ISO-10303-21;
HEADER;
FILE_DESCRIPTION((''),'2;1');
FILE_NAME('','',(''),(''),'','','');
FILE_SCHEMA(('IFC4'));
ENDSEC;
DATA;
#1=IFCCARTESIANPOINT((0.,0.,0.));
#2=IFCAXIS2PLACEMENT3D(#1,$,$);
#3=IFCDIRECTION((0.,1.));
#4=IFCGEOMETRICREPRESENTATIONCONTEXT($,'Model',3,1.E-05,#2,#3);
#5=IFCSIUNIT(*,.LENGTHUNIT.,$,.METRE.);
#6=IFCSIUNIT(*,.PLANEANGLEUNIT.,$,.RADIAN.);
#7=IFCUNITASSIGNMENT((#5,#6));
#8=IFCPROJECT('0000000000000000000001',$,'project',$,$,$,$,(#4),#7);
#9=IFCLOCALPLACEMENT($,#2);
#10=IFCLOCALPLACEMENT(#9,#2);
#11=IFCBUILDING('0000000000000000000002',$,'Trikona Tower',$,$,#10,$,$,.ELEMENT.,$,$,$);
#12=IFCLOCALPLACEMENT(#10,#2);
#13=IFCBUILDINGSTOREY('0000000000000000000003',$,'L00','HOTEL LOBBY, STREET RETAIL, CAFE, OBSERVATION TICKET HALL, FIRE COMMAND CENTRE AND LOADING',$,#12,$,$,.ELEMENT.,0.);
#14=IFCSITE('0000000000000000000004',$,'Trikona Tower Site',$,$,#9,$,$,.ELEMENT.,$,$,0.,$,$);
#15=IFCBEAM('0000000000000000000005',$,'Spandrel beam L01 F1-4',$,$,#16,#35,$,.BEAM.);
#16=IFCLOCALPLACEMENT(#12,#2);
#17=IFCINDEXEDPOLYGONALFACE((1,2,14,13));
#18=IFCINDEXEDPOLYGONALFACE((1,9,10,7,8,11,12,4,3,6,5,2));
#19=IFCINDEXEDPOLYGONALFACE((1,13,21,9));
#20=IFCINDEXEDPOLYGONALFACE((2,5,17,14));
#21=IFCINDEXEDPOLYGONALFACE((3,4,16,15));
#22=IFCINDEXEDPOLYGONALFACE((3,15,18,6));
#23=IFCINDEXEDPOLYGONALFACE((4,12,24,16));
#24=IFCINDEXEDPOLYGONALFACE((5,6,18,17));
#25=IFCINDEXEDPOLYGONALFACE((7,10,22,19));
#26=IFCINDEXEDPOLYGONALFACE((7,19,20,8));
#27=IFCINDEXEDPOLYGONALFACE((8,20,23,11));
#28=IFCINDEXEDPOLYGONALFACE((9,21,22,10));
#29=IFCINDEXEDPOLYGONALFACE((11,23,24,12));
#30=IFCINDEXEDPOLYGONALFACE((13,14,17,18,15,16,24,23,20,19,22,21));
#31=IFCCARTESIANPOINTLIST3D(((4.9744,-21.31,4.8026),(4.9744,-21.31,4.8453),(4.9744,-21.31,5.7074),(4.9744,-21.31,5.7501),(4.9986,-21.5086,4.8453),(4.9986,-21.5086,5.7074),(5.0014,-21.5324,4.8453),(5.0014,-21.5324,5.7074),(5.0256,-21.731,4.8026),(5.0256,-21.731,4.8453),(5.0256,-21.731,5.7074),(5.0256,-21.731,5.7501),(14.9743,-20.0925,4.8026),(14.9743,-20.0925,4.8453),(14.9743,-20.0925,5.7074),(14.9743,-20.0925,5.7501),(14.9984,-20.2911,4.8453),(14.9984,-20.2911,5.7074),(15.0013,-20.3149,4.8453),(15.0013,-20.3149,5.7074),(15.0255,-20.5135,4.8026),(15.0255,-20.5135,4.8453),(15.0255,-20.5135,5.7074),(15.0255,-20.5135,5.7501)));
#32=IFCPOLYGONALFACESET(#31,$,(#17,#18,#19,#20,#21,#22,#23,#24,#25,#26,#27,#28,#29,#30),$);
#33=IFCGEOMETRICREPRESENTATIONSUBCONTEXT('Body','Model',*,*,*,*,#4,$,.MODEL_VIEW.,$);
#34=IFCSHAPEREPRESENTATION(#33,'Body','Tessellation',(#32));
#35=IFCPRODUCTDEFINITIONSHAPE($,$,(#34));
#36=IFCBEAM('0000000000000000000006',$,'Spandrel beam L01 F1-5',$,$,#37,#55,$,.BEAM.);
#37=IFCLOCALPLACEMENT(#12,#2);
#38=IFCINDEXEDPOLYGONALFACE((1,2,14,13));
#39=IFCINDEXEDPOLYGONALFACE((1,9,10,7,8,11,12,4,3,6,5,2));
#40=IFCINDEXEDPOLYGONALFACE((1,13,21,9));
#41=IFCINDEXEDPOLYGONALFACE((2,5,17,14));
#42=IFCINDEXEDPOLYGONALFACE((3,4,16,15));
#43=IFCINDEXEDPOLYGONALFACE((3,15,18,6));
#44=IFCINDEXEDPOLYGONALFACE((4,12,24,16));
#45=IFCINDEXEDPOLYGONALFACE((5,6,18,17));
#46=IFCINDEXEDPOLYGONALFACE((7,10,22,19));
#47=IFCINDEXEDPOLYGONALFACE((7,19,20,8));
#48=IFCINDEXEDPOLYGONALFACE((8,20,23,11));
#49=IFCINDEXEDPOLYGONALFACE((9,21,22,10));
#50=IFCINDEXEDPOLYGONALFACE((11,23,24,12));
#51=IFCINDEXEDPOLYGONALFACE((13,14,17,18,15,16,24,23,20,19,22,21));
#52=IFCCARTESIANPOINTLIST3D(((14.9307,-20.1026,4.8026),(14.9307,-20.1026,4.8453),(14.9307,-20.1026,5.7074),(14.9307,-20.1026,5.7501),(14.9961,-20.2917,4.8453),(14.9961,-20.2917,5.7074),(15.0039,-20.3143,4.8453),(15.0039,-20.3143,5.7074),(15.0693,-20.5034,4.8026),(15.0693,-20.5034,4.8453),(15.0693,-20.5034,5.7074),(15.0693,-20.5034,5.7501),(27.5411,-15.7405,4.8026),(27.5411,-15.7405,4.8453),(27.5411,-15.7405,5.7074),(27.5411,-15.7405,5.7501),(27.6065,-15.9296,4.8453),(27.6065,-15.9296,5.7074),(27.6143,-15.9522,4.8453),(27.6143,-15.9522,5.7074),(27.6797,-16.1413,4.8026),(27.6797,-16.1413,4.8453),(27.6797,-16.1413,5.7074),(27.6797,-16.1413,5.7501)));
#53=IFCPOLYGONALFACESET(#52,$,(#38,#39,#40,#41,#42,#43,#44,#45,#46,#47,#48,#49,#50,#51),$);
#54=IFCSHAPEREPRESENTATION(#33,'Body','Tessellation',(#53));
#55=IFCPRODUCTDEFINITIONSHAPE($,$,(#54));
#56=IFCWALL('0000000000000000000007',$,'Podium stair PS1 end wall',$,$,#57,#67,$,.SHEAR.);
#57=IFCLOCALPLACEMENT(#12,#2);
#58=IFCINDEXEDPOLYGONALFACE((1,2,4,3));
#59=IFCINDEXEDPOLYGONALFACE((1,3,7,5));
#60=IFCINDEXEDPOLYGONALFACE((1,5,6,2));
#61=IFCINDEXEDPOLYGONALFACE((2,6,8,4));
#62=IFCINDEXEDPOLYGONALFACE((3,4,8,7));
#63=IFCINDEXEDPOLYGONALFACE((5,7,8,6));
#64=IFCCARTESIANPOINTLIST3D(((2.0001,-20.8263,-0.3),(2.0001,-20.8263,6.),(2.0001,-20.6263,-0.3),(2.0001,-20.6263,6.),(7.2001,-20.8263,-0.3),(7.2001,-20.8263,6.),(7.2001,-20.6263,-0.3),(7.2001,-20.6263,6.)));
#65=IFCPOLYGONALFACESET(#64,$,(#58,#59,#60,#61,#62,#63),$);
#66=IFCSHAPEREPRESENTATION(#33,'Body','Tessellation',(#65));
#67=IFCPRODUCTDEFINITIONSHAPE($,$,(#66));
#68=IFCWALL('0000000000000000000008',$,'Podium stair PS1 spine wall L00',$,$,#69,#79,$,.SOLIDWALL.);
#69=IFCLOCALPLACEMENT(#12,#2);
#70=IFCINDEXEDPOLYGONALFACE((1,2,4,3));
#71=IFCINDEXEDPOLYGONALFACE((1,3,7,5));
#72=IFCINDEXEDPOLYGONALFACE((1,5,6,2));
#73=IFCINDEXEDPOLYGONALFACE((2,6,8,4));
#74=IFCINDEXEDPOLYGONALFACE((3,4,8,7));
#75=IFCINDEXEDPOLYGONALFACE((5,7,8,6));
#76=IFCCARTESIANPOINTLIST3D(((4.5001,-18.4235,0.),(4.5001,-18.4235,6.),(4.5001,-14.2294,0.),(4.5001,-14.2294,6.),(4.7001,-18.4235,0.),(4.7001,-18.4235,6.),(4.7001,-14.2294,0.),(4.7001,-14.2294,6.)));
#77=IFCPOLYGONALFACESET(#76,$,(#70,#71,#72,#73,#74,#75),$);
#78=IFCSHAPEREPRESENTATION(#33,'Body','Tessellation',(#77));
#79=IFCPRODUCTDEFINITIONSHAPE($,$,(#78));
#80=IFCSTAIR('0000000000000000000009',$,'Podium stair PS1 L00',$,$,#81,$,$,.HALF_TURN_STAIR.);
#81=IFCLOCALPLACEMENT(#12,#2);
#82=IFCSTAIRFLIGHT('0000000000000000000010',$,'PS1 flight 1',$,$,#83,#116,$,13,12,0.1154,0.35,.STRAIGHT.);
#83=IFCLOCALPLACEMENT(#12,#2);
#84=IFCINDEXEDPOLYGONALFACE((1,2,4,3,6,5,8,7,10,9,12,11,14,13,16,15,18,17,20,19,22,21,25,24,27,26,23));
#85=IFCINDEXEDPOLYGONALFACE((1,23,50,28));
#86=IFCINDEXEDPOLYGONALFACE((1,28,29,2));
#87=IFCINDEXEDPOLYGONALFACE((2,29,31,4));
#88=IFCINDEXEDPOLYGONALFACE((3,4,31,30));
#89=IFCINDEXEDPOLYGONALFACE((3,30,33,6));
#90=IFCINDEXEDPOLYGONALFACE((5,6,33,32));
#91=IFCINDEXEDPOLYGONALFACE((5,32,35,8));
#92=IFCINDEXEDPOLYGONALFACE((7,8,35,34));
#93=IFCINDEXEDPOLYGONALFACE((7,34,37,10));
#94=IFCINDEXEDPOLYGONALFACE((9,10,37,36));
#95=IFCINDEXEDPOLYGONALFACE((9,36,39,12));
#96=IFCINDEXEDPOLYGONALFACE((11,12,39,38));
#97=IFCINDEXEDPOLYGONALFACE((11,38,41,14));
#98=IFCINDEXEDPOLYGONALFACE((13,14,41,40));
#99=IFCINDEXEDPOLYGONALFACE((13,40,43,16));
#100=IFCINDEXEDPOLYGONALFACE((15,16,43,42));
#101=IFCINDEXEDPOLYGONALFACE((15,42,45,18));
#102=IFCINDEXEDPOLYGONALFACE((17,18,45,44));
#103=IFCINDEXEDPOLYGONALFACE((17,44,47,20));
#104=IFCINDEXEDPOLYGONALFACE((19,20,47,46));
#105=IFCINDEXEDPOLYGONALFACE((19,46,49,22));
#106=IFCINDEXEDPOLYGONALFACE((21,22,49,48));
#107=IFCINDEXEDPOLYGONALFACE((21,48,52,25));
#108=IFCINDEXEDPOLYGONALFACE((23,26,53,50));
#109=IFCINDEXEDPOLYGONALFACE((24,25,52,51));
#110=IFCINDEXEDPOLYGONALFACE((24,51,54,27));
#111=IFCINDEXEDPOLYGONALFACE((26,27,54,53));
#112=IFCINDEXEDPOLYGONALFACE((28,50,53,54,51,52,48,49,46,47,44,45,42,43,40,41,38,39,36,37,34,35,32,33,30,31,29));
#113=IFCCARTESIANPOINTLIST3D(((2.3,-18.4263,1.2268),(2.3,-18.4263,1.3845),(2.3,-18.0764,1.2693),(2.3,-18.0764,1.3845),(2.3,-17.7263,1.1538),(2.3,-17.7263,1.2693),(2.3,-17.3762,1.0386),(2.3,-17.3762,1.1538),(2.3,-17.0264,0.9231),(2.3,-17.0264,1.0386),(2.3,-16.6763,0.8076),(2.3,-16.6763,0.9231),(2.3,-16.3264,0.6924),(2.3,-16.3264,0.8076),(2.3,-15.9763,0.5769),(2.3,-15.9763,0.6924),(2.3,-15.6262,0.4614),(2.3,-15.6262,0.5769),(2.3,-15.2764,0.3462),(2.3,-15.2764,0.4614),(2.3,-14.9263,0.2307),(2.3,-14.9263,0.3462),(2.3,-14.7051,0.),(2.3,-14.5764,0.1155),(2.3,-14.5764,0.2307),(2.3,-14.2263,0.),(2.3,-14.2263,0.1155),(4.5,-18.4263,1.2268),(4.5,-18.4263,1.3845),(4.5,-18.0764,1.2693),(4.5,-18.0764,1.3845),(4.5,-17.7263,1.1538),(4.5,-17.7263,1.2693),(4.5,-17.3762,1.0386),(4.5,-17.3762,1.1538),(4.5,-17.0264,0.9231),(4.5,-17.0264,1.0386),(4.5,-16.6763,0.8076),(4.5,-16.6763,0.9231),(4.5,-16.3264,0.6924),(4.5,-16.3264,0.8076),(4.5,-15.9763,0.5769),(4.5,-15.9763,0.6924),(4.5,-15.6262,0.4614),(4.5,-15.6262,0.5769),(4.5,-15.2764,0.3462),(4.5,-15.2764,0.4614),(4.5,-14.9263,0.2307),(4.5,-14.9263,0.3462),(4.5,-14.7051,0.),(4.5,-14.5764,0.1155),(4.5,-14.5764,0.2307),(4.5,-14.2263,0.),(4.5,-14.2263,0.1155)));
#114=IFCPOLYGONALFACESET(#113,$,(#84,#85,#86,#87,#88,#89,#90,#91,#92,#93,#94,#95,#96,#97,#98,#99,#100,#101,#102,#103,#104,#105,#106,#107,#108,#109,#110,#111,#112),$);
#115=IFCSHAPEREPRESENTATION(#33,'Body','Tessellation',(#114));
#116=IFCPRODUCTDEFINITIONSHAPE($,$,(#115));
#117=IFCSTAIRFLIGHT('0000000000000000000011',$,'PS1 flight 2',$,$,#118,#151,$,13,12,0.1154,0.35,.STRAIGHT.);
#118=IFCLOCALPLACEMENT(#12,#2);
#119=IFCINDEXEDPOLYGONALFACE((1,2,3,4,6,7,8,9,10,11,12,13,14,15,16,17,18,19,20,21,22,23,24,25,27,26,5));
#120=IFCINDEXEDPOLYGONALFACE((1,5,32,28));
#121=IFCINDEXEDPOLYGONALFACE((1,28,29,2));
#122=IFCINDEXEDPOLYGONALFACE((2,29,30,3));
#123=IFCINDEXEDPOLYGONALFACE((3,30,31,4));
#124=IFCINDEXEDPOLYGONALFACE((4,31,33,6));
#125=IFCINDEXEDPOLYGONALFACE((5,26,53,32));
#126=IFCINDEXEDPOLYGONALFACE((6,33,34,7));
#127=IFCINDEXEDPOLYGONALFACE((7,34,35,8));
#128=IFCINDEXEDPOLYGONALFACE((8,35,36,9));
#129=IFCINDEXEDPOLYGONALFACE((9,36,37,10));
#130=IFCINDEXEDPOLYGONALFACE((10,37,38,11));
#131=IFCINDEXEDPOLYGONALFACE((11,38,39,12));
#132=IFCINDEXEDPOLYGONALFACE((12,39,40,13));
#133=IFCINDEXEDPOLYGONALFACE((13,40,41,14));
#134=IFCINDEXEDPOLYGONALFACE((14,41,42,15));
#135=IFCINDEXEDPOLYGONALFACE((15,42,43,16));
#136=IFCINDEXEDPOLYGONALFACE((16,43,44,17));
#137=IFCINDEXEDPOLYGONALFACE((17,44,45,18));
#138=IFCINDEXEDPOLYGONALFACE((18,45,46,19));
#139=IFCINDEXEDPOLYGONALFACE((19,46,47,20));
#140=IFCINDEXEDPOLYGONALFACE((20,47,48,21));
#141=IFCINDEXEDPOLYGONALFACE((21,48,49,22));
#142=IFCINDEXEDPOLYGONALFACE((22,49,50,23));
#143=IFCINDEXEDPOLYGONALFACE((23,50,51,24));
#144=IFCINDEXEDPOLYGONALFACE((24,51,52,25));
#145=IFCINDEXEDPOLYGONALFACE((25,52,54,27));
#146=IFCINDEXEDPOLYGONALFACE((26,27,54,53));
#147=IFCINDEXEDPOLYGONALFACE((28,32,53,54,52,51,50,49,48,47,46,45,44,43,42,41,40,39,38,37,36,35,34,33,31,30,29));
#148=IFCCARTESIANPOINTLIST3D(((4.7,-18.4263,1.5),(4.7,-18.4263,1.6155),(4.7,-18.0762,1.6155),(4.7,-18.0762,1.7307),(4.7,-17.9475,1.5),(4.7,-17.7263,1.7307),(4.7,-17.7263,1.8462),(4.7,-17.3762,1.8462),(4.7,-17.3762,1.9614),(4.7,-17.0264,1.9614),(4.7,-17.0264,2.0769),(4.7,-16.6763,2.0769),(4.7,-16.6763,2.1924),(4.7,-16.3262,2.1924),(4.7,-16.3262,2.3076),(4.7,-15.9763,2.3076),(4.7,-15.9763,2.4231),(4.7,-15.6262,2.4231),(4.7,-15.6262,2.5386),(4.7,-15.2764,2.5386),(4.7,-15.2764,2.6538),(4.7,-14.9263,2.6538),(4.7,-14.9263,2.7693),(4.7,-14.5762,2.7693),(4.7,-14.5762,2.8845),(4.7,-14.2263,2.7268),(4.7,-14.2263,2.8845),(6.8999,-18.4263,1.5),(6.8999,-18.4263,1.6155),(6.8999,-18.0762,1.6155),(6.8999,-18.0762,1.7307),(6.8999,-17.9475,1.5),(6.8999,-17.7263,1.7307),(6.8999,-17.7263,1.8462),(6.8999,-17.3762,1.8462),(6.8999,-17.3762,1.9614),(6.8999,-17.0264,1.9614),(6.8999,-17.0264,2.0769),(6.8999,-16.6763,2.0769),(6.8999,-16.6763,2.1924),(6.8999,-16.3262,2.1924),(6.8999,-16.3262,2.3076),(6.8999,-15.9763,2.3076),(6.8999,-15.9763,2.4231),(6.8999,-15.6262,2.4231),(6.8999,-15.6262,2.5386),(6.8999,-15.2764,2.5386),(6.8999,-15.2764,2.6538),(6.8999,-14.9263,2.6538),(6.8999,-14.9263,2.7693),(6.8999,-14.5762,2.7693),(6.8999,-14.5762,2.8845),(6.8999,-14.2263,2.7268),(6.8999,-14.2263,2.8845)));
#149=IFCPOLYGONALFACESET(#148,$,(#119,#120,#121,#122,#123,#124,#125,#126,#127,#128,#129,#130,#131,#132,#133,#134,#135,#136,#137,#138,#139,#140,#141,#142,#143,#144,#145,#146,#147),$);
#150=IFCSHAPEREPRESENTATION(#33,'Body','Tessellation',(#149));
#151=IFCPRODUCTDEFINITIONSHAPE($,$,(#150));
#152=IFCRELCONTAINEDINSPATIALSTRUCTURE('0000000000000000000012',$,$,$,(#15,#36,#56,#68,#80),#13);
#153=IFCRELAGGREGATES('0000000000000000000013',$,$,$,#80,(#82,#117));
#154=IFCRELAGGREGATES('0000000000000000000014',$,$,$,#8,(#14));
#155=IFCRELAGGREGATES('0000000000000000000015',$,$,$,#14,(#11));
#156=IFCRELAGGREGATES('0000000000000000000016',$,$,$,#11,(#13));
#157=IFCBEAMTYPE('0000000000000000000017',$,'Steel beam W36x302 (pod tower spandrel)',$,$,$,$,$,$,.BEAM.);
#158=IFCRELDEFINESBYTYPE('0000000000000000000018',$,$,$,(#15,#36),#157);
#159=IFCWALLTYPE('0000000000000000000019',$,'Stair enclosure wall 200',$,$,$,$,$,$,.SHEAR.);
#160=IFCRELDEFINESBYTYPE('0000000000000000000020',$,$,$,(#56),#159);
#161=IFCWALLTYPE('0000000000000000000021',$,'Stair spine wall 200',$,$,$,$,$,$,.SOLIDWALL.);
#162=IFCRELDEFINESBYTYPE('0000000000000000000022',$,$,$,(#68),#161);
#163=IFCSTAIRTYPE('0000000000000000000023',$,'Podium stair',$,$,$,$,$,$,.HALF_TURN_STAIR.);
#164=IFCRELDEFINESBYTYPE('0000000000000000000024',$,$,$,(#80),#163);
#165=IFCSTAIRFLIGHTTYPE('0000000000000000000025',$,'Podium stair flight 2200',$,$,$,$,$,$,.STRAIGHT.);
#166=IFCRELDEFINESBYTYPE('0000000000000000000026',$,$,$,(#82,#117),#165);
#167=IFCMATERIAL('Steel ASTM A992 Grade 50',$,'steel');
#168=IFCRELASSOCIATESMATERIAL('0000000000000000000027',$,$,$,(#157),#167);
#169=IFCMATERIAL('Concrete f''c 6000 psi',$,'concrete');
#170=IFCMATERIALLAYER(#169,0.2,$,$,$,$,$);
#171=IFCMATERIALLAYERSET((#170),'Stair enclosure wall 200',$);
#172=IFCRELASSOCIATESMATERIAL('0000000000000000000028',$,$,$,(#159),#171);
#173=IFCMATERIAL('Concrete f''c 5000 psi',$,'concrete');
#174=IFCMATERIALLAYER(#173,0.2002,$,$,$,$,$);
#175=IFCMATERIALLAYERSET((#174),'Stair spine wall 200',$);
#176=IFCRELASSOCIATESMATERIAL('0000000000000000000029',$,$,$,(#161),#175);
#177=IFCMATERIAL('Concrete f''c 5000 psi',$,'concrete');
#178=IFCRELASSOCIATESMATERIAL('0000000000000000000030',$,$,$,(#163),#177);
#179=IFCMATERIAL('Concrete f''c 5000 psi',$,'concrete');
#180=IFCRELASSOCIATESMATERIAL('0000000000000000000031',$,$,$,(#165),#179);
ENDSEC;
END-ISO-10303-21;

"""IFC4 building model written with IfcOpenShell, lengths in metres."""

from ifc_helpers import new_model, si_unit, direction, frame, frame_2d, origin, origin_2d, place, context, subcontext, project, spatial, polyline, rectangle, i_section, outline, extrude, material, layer, layer_set, material_profile, profile_set, type_object, element, aggregate, save


model = new_model("IFC4")

# Units and contexts
model_context = context("Model", 3, precision=1e-05, world=origin(), true_north=direction((0.0, 1.0)))
body_context = subcontext(model_context, "Body", "Model", "MODEL_VIEW")
ifc_project = project(units=[si_unit("LENGTHUNIT", "METRE"), si_unit("PLANEANGLEUNIT", "RADIAN")], contexts=[model_context])

# Site, building, storey
site_placement = place(None, origin())
site = spatial("IfcSite", under=ifc_project, at=site_placement, Name="Trikona Tower Site", CompositionType="ELEMENT", RefElevation=0.0)
building_placement = place(site_placement, origin())
building = spatial("IfcBuilding", under=site, at=building_placement, Name="Trikona Tower", CompositionType="ELEMENT")
storey_placement = place(building_placement, origin())
storey = spatial("IfcBuildingStorey", under=building, at=storey_placement, Name="L00", Description="HOTEL LOBBY, STREET RETAIL, CAFE, OBSERVATION TICKET HALL, FIRE COMMAND CENTRE AND LOADING", CompositionType="ELEMENT", Elevation=0.0)

# Beams
ifc_material_1 = material(Name="Steel ASTM A992 Grade 50", Category="steel")
ifc_material_profile_1 = material_profile(ifc_material_1, i_section(OverallWidth=0.4241, OverallDepth=0.9475, WebThickness=0.0239, FlangeThickness=0.0427, at=origin_2d()), Name="W36X302")
ifc_profile_set_1 = profile_set([ifc_material_profile_1], Name="Steel ASTM A992 Grade 50")
beam_type_1 = type_object("IfcBeamType", Name="Steel beam W36x302 (pod tower spandrel)", PredefinedType="BEAM", material=ifc_profile_set_1)
beam_1_placement = place(storey_placement, frame((5.0, -21.5205, 5.2764), z_axis=(0.99267, 0.12086, 0.0), x_axis=(-0.12086, 0.99267, 0.0)))
element("IfcBeam", 1, at=beam_1_placement, inside=storey, type_object=beam_type_1, Name="Spandrel beam L01 F1-4", PredefinedType="BEAM", context=body_context, shape_type="SweptSolid", body=[
    extrude(i_section(OverallWidth=0.4241, OverallDepth=0.9475, WebThickness=0.0239, FlangeThickness=0.0427, at=origin_2d()), origin(), (0.0, 0.0, 1.0), 10.0737),
])
beam_2_placement = place(storey_placement, frame((15.0, -20.303, 5.2764), z_axis=(0.945057, 0.326906, 0.0), x_axis=(-0.326906, 0.945057, 0.0)))
element("IfcBeam", 2, at=beam_2_placement, inside=storey, type_object=beam_type_1, Name="Spandrel beam L01 F1-5", PredefinedType="BEAM", context=body_context, shape_type="SweptSolid", body=[
    extrude(i_section(OverallWidth=0.4241, OverallDepth=0.9475, WebThickness=0.0239, FlangeThickness=0.0427, at=origin_2d()), origin(), (0.0, 0.0, 1.0), 13.3435),
])

# Walls
ifc_material_2 = material(Name="Concrete f'c 6000 psi", Category="concrete")
ifc_layer_1 = layer(ifc_material_2, 0.2)
ifc_layer_set_1 = layer_set([ifc_layer_1], Name="Stair enclosure wall 200")
wall_type_1 = type_object("IfcWallType", Name="Stair enclosure wall 200", PredefinedType="SHEAR", material=ifc_layer_set_1)
wall_1_placement = place(storey_placement, frame((2.0, -20.7263, -0.3), z_axis=(0.0, 0.0, 1.0), x_axis=(1.0, 0.0, 0.0)))
element("IfcWall", 3, at=wall_1_placement, inside=storey, type_object=wall_type_1, Name="Podium stair PS1 end wall", PredefinedType="SHEAR", context=body_context, shape_type="SweptSolid", body=[
    extrude(rectangle(XDim=5.2, YDim=0.2, at=frame_2d((2.6001, 0.0))), origin(), (0.0, 0.0, 1.0), 6.3),
])
ifc_material_3 = material(Name="Concrete f'c 5000 psi", Category="concrete")
ifc_layer_2 = layer(ifc_material_3, 0.2002)
ifc_layer_set_2 = layer_set([ifc_layer_2], Name="Stair spine wall 200")
wall_type_2 = type_object("IfcWallType", Name="Stair spine wall 200", PredefinedType="SOLIDWALL", material=ifc_layer_set_2)
wall_2_placement = place(storey_placement, frame((4.6001, -14.2292, 0.0), z_axis=(0.0, 0.0, 1.0), x_axis=(0.0, -1.0, 0.0)))
element("IfcWall", 4, at=wall_2_placement, inside=storey, type_object=wall_type_2, Name="Podium stair PS1 spine wall L00", PredefinedType="SOLIDWALL", context=body_context, shape_type="SweptSolid", body=[
    extrude(rectangle(XDim=4.1941, YDim=0.2, at=frame_2d((2.0972, 0.0))), origin(), (0.0, 0.0, 1.0), 6.0),
])

# Stair, stair flights
ifc_material_4 = material(Name="Concrete f'c 5000 psi", Category="concrete")
stair_type = type_object("IfcStairType", Name="Podium stair", PredefinedType="HALF_TURN_STAIR", material=ifc_material_4)
stair_placement = place(storey_placement, origin())
stair = element("IfcStair", 5, at=stair_placement, inside=storey, type_object=stair_type, Name="Podium stair PS1 L00", PredefinedType="HALF_TURN_STAIR")
ifc_material_5 = material(Name="Concrete f'c 5000 psi", Category="concrete")
stair_flight_type = type_object("IfcStairFlightType", Name="Podium stair flight 2200", PredefinedType="STRAIGHT", material=ifc_material_5)
stair_flight_1_placement = place(storey_placement, frame((3.3999, -14.2263, 0.0), z_axis=(0.0, 0.0, 1.0), x_axis=(0.0, -1.0, 0.0)))
stair_flight_1 = element("IfcStairFlight", 6, at=stair_flight_1_placement, type_object=stair_flight_type, Name="PS1 flight 1", NumberOfRisers=13, NumberOfTreads=12, PredefinedType="STRAIGHT", RiserHeight=0.1154, TreadLength=0.35, context=body_context, shape_type="SweptSolid", body=[
    extrude(outline(polyline([(0.0, 0.0), (0.0, 0.1155), (0.3501, 0.1155), (0.3501, 0.2307), (0.7, 0.2307), (0.7, 0.3462), (1.05, 0.3462), (1.05, 0.4614), (1.3999, 0.4614), (1.3999, 0.5769), (1.75, 0.5769), (1.75, 0.6924), (2.1001, 0.6924), (2.1001, 0.8076), (2.45, 0.8076), (2.45, 0.9231), (2.8, 0.9231), (2.8, 1.0386), (3.1499, 1.0386), (3.1499, 1.1538), (3.5, 1.1538), (3.5, 1.2693), (3.8501, 1.2693), (3.8501, 1.3845), (4.2, 1.3845), (4.2, 1.5), (4.2, 1.2268), (0.4788, 0.0), (0.0, 0.0)])), frame((0.0, 1.1001, 0.0), z_axis=(0.0, -1.0, 0.0), x_axis=(1.0, 0.0, 0.0)), (0.0, 0.0, 1.0), 2.2),
])
stair_flight_2_placement = place(storey_placement, frame((5.8, -18.4263, 1.5), z_axis=(0.0, 0.0, 1.0), x_axis=(0.0, 1.0, 0.0)))
stair_flight_2 = element("IfcStairFlight", 7, at=stair_flight_2_placement, type_object=stair_flight_type, Name="PS1 flight 2", NumberOfRisers=13, NumberOfTreads=12, PredefinedType="STRAIGHT", RiserHeight=0.1154, TreadLength=0.35, context=body_context, shape_type="SweptSolid", body=[
    extrude(outline(polyline([(0.0, 0.0), (0.0, 0.1155), (0.3501, 0.1155), (0.3501, 0.2307), (0.7, 0.2307), (0.7, 0.3462), (1.05, 0.3462), (1.05, 0.4614), (1.3999, 0.4614), (1.3999, 0.5769), (1.75, 0.5769), (1.75, 0.6924), (2.1001, 0.6924), (2.1001, 0.8076), (2.45, 0.8076), (2.45, 0.9231), (2.8, 0.9231), (2.8, 1.0386), (3.1499, 1.0386), (3.1499, 1.1538), (3.5, 1.1538), (3.5, 1.2693), (3.8501, 1.2693), (3.8501, 1.3845), (4.2, 1.3845), (4.2, 1.5), (4.2, 1.2268), (0.4788, 0.0), (0.0, 0.0)])), frame((0.0, 1.1001, 0.0), z_axis=(0.0, -1.0, 0.0), x_axis=(1.0, 0.0, 0.0)), (0.0, 0.0, 1.0), 2.2),
])
aggregate(stair, [stair_flight_1, stair_flight_2])

save(model, "model.ifc")
